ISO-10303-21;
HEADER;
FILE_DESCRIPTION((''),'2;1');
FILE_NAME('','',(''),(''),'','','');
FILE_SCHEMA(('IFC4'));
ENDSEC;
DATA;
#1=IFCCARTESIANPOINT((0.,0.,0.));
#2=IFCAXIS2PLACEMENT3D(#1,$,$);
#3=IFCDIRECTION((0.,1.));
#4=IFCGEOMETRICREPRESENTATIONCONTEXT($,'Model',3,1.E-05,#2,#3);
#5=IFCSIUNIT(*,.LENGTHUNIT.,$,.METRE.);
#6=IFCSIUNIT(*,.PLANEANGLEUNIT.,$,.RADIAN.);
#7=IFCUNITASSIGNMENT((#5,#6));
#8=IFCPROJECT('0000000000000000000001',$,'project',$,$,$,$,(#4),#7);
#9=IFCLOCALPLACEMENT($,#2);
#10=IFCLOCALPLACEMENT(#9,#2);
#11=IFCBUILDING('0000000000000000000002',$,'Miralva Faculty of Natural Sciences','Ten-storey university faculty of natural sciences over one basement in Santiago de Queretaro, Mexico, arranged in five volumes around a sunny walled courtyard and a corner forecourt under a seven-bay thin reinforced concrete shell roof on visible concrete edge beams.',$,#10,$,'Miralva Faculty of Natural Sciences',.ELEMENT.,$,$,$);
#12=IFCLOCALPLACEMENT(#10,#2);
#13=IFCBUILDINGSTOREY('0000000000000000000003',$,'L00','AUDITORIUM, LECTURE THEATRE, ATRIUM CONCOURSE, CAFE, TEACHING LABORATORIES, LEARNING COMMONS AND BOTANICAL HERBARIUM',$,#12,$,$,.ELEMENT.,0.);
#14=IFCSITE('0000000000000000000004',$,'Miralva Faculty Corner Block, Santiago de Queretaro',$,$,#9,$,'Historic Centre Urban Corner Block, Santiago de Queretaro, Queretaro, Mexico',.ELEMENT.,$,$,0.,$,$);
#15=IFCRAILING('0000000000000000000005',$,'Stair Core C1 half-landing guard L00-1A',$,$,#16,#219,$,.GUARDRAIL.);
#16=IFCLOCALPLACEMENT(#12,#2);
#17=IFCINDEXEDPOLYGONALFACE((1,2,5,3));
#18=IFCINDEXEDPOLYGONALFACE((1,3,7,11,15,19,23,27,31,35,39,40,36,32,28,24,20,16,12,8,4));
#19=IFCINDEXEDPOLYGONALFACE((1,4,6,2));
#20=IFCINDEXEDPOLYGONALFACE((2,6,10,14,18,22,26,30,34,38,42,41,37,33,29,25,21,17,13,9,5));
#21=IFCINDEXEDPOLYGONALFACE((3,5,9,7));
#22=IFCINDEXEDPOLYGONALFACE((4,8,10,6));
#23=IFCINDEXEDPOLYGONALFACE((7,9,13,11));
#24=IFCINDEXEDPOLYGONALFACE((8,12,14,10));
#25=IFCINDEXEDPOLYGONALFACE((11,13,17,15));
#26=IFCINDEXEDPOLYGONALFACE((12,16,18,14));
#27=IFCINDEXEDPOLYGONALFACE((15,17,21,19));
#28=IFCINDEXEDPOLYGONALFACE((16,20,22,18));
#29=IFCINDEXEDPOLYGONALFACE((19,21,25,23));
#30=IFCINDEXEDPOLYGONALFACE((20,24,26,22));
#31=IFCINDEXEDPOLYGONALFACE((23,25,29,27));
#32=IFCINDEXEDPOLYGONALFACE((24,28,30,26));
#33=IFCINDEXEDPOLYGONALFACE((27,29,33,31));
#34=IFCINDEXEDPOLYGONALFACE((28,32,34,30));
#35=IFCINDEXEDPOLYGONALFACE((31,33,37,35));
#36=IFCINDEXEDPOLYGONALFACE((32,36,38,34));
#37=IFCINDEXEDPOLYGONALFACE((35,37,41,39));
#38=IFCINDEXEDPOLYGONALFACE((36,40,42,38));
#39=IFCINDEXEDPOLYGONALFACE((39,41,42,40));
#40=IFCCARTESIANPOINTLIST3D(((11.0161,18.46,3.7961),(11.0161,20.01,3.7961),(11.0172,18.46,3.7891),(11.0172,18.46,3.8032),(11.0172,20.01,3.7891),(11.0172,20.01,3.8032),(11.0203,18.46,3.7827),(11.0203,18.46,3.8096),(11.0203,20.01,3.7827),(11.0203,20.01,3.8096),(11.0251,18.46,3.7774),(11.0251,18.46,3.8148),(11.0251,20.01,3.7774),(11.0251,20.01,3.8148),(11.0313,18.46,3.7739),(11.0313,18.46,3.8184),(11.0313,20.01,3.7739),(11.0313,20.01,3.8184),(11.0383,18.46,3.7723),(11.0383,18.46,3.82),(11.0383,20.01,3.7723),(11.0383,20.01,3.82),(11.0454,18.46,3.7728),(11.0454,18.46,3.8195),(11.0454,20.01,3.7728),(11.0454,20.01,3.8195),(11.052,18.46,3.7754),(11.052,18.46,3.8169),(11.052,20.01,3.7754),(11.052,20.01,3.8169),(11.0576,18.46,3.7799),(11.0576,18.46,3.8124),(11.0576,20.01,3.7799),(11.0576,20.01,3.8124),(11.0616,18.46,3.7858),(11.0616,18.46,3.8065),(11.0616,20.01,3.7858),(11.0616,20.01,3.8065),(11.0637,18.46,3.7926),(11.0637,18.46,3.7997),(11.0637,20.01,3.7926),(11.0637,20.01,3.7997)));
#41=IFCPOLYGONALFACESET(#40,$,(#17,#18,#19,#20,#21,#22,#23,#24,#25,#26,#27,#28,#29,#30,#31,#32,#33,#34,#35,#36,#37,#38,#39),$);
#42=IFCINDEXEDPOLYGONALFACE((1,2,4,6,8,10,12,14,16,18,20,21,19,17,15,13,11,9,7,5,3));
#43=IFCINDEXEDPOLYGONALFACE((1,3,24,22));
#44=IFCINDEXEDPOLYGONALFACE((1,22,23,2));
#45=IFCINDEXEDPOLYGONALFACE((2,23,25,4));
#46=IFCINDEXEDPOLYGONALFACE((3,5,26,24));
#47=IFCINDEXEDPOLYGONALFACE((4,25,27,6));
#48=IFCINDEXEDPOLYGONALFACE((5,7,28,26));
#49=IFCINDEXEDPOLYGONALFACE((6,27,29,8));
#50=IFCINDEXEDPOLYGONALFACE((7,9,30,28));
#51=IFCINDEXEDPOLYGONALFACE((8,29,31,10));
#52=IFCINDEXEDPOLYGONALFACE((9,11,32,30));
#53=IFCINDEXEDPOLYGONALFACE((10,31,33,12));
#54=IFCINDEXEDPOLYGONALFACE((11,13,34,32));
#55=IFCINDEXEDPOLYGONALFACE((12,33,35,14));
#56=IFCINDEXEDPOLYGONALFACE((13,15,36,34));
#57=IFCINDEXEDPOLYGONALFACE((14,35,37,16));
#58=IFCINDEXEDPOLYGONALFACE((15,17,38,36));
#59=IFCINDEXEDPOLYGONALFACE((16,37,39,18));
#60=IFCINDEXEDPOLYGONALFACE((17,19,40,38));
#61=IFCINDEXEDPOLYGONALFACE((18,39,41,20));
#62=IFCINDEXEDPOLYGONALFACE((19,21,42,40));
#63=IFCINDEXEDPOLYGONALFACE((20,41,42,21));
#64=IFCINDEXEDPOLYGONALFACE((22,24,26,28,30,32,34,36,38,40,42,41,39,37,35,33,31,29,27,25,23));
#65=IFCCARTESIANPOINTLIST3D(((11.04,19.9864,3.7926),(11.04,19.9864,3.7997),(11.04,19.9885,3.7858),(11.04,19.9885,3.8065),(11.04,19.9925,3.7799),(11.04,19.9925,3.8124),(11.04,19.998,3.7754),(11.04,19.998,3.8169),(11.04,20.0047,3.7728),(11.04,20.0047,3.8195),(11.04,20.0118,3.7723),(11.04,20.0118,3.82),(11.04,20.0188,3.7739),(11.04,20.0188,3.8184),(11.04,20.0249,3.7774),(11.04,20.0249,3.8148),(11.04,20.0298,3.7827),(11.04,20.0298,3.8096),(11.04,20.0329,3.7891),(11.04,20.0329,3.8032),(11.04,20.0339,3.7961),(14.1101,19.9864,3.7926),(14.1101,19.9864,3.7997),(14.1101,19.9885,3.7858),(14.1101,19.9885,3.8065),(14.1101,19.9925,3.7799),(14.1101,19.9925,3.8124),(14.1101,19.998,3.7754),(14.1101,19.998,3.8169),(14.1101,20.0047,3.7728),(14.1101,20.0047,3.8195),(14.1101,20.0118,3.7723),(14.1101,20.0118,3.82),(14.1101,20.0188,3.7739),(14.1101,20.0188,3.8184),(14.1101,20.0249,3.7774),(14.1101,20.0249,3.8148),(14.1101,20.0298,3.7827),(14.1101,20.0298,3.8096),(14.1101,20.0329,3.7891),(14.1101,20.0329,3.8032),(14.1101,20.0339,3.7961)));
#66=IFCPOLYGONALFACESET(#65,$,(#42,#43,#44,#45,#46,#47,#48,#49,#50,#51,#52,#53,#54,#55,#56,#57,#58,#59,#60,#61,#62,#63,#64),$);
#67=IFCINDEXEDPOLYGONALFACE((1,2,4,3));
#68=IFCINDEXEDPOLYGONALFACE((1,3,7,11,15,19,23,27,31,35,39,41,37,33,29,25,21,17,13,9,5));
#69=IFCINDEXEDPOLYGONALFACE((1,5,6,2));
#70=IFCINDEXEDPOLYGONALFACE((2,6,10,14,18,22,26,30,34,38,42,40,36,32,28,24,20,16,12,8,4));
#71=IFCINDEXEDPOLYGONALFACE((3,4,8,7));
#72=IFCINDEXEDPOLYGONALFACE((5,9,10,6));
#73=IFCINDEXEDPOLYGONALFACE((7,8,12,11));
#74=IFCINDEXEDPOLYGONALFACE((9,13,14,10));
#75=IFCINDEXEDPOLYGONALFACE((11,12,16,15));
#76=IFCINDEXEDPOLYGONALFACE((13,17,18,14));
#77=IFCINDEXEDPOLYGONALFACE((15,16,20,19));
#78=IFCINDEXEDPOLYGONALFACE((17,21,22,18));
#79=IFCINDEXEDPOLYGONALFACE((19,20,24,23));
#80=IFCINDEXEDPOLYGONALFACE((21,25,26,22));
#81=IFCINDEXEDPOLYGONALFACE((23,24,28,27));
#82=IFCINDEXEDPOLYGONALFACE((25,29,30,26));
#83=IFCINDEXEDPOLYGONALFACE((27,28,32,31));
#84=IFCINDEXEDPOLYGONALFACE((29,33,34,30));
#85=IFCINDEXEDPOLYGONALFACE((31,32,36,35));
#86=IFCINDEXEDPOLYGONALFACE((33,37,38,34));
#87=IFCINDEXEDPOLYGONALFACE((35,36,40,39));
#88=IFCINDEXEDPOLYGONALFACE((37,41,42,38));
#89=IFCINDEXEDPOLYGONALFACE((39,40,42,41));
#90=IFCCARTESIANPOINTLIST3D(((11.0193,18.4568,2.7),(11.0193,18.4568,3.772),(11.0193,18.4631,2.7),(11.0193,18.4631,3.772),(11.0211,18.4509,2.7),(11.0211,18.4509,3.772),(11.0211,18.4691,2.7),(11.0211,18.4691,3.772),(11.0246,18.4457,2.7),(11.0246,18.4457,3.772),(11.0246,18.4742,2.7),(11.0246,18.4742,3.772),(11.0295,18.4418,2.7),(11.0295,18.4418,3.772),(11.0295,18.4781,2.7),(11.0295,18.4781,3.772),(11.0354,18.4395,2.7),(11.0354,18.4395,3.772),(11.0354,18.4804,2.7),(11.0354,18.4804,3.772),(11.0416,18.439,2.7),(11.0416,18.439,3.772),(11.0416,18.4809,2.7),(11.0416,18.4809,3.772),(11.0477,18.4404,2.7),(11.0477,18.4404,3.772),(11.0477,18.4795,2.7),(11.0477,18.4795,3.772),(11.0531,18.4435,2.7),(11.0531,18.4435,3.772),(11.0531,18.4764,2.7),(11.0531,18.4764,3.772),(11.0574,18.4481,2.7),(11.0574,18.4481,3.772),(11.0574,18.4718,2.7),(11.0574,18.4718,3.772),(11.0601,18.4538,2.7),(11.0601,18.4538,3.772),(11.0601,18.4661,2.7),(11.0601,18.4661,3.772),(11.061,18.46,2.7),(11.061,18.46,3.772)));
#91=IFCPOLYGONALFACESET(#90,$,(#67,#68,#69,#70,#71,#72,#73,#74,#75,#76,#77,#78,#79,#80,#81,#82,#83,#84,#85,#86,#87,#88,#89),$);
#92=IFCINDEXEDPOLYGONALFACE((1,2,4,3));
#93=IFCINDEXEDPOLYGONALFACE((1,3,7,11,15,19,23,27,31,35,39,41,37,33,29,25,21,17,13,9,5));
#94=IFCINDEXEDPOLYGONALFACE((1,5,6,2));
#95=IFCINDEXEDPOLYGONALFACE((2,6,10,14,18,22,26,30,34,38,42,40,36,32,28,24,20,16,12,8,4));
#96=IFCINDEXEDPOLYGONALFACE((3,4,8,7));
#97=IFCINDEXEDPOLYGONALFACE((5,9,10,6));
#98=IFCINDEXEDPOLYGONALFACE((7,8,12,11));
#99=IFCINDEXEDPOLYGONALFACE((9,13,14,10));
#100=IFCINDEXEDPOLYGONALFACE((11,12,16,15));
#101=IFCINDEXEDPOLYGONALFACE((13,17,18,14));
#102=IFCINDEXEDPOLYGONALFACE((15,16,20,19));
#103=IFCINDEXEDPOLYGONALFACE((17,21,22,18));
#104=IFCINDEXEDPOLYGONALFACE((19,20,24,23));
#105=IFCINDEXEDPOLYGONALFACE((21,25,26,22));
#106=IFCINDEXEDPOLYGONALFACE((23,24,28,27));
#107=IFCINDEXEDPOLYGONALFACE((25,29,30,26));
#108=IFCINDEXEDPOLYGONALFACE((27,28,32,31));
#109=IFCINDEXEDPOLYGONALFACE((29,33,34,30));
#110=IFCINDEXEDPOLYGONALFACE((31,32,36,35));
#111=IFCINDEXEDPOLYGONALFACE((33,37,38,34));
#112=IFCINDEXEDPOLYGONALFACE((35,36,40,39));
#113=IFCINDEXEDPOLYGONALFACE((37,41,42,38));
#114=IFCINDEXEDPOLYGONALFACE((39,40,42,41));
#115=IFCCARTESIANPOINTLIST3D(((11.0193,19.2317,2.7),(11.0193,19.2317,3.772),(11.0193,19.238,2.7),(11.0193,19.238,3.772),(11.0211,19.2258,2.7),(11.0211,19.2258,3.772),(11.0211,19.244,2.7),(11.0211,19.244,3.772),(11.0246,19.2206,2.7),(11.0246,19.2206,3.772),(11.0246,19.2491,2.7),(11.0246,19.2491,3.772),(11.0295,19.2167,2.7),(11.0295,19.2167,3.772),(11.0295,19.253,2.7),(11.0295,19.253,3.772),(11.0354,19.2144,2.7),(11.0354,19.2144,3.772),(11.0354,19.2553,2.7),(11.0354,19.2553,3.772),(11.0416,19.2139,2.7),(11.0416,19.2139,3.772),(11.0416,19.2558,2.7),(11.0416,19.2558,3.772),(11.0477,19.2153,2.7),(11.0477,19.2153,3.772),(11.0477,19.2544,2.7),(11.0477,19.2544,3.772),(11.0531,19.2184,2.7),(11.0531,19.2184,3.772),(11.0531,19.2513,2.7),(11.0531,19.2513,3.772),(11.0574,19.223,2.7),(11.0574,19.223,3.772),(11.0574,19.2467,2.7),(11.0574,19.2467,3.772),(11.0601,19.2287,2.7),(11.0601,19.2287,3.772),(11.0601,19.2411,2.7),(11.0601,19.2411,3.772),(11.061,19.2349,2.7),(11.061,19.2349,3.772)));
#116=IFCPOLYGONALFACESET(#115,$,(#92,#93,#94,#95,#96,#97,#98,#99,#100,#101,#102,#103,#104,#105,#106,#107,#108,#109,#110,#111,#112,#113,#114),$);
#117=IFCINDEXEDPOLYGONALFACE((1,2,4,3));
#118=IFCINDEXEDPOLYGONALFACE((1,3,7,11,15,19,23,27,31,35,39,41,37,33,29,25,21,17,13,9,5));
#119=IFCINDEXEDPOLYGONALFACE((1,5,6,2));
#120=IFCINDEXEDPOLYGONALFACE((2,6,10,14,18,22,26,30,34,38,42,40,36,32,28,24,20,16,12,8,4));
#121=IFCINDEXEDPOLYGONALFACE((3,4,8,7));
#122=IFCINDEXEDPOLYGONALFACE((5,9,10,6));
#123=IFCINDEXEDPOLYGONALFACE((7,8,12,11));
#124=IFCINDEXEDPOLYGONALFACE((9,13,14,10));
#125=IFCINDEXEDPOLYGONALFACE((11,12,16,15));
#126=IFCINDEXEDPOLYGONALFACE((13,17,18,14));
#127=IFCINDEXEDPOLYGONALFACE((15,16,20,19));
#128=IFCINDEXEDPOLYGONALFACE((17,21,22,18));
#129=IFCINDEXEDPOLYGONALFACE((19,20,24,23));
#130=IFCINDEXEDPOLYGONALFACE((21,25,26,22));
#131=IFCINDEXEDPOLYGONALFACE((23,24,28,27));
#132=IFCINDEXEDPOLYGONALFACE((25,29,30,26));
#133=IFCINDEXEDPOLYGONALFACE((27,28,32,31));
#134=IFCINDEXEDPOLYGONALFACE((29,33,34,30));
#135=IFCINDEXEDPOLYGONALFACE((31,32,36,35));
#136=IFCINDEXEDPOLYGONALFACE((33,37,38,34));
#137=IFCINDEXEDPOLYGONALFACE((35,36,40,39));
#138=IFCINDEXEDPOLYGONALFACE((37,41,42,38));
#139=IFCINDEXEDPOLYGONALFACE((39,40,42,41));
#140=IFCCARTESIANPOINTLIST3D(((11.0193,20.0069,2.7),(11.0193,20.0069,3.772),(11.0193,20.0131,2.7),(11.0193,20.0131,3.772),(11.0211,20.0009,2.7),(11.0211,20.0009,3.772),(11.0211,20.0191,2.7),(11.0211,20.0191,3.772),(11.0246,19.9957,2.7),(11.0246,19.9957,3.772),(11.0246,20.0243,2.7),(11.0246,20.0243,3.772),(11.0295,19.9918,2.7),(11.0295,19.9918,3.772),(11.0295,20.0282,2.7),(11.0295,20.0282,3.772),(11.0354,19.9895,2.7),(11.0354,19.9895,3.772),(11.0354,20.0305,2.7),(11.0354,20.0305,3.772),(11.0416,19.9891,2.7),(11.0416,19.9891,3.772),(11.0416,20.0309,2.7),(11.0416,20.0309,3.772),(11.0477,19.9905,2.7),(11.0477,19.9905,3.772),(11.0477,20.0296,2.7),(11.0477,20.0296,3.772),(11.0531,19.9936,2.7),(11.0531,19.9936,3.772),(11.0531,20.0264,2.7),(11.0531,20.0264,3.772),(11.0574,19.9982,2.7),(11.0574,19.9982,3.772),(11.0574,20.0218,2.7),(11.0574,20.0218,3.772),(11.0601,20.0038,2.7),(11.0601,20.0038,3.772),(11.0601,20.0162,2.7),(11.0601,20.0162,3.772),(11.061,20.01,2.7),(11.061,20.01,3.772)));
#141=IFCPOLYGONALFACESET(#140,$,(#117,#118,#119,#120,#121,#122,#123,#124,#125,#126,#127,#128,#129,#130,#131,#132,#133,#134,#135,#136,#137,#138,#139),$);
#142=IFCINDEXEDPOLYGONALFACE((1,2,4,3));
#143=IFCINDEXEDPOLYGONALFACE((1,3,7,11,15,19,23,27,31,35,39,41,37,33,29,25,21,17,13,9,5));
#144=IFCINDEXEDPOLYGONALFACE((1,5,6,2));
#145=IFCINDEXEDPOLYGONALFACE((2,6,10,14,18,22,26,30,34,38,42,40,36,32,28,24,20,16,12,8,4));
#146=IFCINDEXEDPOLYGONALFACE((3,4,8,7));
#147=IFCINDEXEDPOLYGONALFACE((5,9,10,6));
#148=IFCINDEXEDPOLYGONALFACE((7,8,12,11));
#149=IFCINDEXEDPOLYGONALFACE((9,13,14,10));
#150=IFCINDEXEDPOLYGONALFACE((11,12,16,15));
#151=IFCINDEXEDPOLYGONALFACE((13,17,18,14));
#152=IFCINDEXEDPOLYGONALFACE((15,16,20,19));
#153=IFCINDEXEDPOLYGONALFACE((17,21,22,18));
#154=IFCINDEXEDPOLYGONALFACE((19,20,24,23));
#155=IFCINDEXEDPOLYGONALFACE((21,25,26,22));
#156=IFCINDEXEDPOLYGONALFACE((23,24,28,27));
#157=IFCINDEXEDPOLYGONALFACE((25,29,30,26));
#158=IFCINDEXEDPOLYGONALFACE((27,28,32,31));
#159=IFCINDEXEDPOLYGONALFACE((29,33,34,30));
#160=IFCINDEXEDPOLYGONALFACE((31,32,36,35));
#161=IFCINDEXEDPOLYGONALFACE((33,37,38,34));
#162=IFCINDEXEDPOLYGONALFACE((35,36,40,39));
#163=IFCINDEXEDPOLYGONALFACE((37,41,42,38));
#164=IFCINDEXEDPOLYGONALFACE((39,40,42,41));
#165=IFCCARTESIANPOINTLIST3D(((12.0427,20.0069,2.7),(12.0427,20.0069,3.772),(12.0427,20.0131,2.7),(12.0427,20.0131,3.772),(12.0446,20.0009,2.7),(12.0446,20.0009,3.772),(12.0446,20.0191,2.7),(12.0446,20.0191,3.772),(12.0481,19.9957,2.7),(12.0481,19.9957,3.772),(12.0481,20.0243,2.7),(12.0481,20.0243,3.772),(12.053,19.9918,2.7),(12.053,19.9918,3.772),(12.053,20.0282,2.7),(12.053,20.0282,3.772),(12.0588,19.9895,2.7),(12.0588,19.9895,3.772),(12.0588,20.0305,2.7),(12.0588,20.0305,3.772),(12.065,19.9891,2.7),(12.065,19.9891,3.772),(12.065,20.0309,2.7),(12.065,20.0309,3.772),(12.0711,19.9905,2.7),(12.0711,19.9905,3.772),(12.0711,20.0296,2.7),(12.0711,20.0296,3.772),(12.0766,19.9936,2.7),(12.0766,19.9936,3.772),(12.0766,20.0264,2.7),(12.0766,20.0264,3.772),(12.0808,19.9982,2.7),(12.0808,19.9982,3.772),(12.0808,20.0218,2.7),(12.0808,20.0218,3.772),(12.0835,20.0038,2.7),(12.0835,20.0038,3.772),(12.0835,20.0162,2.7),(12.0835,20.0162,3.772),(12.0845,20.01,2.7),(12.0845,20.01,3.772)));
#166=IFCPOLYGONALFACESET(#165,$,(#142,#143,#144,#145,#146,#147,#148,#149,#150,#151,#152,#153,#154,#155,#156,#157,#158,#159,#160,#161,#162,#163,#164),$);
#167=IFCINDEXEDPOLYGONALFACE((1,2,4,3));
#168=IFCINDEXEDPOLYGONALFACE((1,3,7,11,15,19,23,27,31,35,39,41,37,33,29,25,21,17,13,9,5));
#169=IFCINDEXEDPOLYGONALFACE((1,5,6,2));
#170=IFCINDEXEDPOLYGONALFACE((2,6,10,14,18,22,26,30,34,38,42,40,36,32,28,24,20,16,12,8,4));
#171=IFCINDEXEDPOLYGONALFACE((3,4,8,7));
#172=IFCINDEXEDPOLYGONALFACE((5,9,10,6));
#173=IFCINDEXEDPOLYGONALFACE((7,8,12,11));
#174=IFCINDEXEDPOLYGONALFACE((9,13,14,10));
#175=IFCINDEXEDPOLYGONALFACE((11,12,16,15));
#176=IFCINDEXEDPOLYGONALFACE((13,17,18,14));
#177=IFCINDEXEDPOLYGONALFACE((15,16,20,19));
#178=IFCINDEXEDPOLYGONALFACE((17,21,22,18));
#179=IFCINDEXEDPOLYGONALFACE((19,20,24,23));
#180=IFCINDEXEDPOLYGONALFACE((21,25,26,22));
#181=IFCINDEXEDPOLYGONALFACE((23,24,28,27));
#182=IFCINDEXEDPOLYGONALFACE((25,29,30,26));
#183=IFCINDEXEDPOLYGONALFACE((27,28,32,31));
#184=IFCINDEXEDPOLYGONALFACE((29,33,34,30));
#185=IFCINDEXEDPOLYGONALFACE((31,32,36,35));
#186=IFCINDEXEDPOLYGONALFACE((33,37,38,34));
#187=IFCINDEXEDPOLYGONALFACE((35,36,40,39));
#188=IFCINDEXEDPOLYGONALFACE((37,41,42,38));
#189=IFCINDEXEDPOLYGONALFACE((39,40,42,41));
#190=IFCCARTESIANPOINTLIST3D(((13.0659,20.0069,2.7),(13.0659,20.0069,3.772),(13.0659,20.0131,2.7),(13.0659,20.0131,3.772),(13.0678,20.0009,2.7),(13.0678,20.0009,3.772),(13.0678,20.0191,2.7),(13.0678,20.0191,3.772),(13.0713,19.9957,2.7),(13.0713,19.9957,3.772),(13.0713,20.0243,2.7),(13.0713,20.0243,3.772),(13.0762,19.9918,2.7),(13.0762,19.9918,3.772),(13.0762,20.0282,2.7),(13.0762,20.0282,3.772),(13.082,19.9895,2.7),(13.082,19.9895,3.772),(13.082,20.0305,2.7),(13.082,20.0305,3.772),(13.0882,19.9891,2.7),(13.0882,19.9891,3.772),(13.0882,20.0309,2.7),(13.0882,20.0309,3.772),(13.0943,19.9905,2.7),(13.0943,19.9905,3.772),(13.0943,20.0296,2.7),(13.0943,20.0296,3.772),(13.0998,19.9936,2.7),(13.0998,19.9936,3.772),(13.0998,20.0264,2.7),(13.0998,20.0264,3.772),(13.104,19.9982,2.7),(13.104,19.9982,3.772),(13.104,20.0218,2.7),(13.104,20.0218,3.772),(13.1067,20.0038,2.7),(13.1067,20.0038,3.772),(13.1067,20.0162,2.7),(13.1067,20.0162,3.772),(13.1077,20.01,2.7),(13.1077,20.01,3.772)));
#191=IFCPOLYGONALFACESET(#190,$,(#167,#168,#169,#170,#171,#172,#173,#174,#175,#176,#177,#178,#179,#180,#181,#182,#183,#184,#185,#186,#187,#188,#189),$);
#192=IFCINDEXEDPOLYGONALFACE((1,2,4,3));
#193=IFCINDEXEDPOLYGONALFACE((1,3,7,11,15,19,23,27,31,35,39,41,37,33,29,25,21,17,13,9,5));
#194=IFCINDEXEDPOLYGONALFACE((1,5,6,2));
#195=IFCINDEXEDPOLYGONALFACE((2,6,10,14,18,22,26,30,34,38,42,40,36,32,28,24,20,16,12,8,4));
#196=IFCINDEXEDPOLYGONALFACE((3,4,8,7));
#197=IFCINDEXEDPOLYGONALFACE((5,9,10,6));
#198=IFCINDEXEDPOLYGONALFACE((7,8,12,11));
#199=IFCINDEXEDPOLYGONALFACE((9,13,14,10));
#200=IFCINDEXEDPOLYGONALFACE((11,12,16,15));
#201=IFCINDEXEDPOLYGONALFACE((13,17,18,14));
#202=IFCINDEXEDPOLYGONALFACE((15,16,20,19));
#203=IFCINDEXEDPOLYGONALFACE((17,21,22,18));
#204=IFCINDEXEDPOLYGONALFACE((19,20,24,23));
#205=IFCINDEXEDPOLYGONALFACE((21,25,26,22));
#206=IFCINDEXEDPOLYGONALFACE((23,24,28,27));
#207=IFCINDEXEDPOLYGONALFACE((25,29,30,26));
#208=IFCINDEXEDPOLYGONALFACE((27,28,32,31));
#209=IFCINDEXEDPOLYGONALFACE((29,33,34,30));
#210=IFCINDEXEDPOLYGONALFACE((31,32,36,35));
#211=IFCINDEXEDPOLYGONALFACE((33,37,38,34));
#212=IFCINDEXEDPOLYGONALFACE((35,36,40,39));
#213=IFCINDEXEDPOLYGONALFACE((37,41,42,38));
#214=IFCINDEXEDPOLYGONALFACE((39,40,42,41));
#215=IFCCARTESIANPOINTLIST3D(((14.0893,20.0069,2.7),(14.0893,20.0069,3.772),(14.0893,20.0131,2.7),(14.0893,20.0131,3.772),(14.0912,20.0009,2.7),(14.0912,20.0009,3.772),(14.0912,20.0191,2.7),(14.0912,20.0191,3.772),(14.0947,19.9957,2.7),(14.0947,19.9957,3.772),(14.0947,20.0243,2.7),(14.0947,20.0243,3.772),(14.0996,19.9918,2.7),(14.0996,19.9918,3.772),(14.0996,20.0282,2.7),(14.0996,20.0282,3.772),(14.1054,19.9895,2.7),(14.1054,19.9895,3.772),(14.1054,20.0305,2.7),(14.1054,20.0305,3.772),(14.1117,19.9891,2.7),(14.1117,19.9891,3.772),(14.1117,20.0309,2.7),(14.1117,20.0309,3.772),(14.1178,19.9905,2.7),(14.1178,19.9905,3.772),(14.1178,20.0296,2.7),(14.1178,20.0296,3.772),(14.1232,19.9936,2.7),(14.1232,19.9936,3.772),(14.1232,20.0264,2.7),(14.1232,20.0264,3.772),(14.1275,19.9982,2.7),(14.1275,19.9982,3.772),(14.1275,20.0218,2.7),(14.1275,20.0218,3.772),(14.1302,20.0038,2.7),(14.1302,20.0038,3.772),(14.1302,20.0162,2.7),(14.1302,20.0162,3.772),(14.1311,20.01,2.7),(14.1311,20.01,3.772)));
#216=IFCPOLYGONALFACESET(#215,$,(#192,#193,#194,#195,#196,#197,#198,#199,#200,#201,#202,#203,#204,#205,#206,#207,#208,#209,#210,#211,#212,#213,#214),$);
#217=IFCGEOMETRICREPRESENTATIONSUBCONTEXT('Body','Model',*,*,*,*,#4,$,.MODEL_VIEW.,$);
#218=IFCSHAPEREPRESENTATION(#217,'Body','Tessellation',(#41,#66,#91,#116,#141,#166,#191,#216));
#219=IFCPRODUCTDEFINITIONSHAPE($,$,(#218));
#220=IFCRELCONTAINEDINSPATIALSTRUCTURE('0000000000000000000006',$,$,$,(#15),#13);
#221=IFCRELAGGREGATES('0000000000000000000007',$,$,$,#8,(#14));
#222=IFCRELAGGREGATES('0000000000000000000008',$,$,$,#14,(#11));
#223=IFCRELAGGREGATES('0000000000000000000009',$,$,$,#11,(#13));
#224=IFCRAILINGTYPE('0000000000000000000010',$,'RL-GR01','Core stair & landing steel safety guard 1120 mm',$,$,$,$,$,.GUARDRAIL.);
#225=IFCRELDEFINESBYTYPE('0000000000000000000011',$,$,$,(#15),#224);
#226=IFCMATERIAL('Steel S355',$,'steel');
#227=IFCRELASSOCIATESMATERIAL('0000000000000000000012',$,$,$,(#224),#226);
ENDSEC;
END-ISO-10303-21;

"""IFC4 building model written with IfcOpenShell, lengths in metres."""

from ifc_helpers import new_model, si_unit, direction, frame, origin, origin_2d, place, context, subcontext, project, spatial, circle, extrude, material, type_object, element, save


model = new_model("IFC4")

# Units and contexts
model_context = context("Model", 3, precision=1e-05, world=origin(), true_north=direction((0.0, 1.0)))
body_context = subcontext(model_context, "Body", "Model", "MODEL_VIEW")
ifc_project = project(units=[si_unit("LENGTHUNIT", "METRE"), si_unit("PLANEANGLEUNIT", "RADIAN")], contexts=[model_context])

# Site, building, storey
site_placement = place(None, origin())
site = spatial("IfcSite", under=ifc_project, at=site_placement, Name="Miralva Faculty Corner Block, Santiago de Queretaro", LongName="Historic Centre Urban Corner Block, Santiago de Queretaro, Queretaro, Mexico", CompositionType="ELEMENT", RefElevation=0.0)
building_placement = place(site_placement, origin())
building = spatial("IfcBuilding", under=site, at=building_placement, Name="Miralva Faculty of Natural Sciences", Description="Ten-storey university faculty of natural sciences over one basement in Santiago de Queretaro, Mexico, arranged in five volumes around a sunny walled courtyard and a corner forecourt under a seven-bay thin reinforced concrete shell roof on visible concrete edge beams.", LongName="Miralva Faculty of Natural Sciences", CompositionType="ELEMENT")
storey_placement = place(building_placement, origin())
storey = spatial("IfcBuildingStorey", under=building, at=storey_placement, Name="L00", Description="AUDITORIUM, LECTURE THEATRE, ATRIUM CONCOURSE, CAFE, TEACHING LABORATORIES, LEARNING COMMONS AND BOTANICAL HERBARIUM", CompositionType="ELEMENT", Elevation=0.0)

# Railing
ifc_material_1 = material(Name="Steel S355", Category="steel")
railing_type_1 = type_object("IfcRailingType", Name="RL-GR01", Description="Core stair & landing steel safety guard 1120 mm", PredefinedType="GUARDRAIL", material=ifc_material_1)
railing_1_placement = place(storey_placement, frame((11.04, 18.46, 2.7)))
element("IfcRailing", 1, at=railing_1_placement, inside=storey, type_object=railing_type_1, Name="Stair Core C1 half-landing guard L00-1A", PredefinedType="GUARDRAIL", context=body_context, shape_type="SweptSolid", body=[
    extrude(circle(Radius=0.0239, at=origin_2d()), frame((0.0, 0.0, 1.0962), z_axis=(0.0, 1.0, 0.0), x_axis=(-1.0, 0.0, 0.0)), (0.0, 0.0, 1.0), 1.55),
    extrude(circle(Radius=0.0239, at=origin_2d()), frame((0.0, 1.55, 1.0962), z_axis=(1.0, 0.0, 0.0), x_axis=(0.0, 1.0, 0.0)), (0.0, 0.0, 1.0), 3.0701),
    extrude(circle(Radius=0.021, at=origin_2d()), origin(), (0.0, 0.0, 1.0), 1.072),
    extrude(circle(Radius=0.021, at=origin_2d()), frame((0.0, 0.7749, 0.0)), (0.0, 0.0, 1.0), 1.072),
    extrude(circle(Radius=0.021, at=origin_2d()), frame((0.0, 1.55, 0.0)), (0.0, 0.0, 1.0), 1.072),
    extrude(circle(Radius=0.021, at=origin_2d()), frame((1.0234, 1.55, 0.0)), (0.0, 0.0, 1.0), 1.072),
    extrude(circle(Radius=0.021, at=origin_2d()), frame((2.0466, 1.55, 0.0)), (0.0, 0.0, 1.0), 1.072),
    extrude(circle(Radius=0.021, at=origin_2d()), frame((3.0701, 1.55, 0.0)), (0.0, 0.0, 1.0), 1.072),
])

save(model, "model.ifc")
